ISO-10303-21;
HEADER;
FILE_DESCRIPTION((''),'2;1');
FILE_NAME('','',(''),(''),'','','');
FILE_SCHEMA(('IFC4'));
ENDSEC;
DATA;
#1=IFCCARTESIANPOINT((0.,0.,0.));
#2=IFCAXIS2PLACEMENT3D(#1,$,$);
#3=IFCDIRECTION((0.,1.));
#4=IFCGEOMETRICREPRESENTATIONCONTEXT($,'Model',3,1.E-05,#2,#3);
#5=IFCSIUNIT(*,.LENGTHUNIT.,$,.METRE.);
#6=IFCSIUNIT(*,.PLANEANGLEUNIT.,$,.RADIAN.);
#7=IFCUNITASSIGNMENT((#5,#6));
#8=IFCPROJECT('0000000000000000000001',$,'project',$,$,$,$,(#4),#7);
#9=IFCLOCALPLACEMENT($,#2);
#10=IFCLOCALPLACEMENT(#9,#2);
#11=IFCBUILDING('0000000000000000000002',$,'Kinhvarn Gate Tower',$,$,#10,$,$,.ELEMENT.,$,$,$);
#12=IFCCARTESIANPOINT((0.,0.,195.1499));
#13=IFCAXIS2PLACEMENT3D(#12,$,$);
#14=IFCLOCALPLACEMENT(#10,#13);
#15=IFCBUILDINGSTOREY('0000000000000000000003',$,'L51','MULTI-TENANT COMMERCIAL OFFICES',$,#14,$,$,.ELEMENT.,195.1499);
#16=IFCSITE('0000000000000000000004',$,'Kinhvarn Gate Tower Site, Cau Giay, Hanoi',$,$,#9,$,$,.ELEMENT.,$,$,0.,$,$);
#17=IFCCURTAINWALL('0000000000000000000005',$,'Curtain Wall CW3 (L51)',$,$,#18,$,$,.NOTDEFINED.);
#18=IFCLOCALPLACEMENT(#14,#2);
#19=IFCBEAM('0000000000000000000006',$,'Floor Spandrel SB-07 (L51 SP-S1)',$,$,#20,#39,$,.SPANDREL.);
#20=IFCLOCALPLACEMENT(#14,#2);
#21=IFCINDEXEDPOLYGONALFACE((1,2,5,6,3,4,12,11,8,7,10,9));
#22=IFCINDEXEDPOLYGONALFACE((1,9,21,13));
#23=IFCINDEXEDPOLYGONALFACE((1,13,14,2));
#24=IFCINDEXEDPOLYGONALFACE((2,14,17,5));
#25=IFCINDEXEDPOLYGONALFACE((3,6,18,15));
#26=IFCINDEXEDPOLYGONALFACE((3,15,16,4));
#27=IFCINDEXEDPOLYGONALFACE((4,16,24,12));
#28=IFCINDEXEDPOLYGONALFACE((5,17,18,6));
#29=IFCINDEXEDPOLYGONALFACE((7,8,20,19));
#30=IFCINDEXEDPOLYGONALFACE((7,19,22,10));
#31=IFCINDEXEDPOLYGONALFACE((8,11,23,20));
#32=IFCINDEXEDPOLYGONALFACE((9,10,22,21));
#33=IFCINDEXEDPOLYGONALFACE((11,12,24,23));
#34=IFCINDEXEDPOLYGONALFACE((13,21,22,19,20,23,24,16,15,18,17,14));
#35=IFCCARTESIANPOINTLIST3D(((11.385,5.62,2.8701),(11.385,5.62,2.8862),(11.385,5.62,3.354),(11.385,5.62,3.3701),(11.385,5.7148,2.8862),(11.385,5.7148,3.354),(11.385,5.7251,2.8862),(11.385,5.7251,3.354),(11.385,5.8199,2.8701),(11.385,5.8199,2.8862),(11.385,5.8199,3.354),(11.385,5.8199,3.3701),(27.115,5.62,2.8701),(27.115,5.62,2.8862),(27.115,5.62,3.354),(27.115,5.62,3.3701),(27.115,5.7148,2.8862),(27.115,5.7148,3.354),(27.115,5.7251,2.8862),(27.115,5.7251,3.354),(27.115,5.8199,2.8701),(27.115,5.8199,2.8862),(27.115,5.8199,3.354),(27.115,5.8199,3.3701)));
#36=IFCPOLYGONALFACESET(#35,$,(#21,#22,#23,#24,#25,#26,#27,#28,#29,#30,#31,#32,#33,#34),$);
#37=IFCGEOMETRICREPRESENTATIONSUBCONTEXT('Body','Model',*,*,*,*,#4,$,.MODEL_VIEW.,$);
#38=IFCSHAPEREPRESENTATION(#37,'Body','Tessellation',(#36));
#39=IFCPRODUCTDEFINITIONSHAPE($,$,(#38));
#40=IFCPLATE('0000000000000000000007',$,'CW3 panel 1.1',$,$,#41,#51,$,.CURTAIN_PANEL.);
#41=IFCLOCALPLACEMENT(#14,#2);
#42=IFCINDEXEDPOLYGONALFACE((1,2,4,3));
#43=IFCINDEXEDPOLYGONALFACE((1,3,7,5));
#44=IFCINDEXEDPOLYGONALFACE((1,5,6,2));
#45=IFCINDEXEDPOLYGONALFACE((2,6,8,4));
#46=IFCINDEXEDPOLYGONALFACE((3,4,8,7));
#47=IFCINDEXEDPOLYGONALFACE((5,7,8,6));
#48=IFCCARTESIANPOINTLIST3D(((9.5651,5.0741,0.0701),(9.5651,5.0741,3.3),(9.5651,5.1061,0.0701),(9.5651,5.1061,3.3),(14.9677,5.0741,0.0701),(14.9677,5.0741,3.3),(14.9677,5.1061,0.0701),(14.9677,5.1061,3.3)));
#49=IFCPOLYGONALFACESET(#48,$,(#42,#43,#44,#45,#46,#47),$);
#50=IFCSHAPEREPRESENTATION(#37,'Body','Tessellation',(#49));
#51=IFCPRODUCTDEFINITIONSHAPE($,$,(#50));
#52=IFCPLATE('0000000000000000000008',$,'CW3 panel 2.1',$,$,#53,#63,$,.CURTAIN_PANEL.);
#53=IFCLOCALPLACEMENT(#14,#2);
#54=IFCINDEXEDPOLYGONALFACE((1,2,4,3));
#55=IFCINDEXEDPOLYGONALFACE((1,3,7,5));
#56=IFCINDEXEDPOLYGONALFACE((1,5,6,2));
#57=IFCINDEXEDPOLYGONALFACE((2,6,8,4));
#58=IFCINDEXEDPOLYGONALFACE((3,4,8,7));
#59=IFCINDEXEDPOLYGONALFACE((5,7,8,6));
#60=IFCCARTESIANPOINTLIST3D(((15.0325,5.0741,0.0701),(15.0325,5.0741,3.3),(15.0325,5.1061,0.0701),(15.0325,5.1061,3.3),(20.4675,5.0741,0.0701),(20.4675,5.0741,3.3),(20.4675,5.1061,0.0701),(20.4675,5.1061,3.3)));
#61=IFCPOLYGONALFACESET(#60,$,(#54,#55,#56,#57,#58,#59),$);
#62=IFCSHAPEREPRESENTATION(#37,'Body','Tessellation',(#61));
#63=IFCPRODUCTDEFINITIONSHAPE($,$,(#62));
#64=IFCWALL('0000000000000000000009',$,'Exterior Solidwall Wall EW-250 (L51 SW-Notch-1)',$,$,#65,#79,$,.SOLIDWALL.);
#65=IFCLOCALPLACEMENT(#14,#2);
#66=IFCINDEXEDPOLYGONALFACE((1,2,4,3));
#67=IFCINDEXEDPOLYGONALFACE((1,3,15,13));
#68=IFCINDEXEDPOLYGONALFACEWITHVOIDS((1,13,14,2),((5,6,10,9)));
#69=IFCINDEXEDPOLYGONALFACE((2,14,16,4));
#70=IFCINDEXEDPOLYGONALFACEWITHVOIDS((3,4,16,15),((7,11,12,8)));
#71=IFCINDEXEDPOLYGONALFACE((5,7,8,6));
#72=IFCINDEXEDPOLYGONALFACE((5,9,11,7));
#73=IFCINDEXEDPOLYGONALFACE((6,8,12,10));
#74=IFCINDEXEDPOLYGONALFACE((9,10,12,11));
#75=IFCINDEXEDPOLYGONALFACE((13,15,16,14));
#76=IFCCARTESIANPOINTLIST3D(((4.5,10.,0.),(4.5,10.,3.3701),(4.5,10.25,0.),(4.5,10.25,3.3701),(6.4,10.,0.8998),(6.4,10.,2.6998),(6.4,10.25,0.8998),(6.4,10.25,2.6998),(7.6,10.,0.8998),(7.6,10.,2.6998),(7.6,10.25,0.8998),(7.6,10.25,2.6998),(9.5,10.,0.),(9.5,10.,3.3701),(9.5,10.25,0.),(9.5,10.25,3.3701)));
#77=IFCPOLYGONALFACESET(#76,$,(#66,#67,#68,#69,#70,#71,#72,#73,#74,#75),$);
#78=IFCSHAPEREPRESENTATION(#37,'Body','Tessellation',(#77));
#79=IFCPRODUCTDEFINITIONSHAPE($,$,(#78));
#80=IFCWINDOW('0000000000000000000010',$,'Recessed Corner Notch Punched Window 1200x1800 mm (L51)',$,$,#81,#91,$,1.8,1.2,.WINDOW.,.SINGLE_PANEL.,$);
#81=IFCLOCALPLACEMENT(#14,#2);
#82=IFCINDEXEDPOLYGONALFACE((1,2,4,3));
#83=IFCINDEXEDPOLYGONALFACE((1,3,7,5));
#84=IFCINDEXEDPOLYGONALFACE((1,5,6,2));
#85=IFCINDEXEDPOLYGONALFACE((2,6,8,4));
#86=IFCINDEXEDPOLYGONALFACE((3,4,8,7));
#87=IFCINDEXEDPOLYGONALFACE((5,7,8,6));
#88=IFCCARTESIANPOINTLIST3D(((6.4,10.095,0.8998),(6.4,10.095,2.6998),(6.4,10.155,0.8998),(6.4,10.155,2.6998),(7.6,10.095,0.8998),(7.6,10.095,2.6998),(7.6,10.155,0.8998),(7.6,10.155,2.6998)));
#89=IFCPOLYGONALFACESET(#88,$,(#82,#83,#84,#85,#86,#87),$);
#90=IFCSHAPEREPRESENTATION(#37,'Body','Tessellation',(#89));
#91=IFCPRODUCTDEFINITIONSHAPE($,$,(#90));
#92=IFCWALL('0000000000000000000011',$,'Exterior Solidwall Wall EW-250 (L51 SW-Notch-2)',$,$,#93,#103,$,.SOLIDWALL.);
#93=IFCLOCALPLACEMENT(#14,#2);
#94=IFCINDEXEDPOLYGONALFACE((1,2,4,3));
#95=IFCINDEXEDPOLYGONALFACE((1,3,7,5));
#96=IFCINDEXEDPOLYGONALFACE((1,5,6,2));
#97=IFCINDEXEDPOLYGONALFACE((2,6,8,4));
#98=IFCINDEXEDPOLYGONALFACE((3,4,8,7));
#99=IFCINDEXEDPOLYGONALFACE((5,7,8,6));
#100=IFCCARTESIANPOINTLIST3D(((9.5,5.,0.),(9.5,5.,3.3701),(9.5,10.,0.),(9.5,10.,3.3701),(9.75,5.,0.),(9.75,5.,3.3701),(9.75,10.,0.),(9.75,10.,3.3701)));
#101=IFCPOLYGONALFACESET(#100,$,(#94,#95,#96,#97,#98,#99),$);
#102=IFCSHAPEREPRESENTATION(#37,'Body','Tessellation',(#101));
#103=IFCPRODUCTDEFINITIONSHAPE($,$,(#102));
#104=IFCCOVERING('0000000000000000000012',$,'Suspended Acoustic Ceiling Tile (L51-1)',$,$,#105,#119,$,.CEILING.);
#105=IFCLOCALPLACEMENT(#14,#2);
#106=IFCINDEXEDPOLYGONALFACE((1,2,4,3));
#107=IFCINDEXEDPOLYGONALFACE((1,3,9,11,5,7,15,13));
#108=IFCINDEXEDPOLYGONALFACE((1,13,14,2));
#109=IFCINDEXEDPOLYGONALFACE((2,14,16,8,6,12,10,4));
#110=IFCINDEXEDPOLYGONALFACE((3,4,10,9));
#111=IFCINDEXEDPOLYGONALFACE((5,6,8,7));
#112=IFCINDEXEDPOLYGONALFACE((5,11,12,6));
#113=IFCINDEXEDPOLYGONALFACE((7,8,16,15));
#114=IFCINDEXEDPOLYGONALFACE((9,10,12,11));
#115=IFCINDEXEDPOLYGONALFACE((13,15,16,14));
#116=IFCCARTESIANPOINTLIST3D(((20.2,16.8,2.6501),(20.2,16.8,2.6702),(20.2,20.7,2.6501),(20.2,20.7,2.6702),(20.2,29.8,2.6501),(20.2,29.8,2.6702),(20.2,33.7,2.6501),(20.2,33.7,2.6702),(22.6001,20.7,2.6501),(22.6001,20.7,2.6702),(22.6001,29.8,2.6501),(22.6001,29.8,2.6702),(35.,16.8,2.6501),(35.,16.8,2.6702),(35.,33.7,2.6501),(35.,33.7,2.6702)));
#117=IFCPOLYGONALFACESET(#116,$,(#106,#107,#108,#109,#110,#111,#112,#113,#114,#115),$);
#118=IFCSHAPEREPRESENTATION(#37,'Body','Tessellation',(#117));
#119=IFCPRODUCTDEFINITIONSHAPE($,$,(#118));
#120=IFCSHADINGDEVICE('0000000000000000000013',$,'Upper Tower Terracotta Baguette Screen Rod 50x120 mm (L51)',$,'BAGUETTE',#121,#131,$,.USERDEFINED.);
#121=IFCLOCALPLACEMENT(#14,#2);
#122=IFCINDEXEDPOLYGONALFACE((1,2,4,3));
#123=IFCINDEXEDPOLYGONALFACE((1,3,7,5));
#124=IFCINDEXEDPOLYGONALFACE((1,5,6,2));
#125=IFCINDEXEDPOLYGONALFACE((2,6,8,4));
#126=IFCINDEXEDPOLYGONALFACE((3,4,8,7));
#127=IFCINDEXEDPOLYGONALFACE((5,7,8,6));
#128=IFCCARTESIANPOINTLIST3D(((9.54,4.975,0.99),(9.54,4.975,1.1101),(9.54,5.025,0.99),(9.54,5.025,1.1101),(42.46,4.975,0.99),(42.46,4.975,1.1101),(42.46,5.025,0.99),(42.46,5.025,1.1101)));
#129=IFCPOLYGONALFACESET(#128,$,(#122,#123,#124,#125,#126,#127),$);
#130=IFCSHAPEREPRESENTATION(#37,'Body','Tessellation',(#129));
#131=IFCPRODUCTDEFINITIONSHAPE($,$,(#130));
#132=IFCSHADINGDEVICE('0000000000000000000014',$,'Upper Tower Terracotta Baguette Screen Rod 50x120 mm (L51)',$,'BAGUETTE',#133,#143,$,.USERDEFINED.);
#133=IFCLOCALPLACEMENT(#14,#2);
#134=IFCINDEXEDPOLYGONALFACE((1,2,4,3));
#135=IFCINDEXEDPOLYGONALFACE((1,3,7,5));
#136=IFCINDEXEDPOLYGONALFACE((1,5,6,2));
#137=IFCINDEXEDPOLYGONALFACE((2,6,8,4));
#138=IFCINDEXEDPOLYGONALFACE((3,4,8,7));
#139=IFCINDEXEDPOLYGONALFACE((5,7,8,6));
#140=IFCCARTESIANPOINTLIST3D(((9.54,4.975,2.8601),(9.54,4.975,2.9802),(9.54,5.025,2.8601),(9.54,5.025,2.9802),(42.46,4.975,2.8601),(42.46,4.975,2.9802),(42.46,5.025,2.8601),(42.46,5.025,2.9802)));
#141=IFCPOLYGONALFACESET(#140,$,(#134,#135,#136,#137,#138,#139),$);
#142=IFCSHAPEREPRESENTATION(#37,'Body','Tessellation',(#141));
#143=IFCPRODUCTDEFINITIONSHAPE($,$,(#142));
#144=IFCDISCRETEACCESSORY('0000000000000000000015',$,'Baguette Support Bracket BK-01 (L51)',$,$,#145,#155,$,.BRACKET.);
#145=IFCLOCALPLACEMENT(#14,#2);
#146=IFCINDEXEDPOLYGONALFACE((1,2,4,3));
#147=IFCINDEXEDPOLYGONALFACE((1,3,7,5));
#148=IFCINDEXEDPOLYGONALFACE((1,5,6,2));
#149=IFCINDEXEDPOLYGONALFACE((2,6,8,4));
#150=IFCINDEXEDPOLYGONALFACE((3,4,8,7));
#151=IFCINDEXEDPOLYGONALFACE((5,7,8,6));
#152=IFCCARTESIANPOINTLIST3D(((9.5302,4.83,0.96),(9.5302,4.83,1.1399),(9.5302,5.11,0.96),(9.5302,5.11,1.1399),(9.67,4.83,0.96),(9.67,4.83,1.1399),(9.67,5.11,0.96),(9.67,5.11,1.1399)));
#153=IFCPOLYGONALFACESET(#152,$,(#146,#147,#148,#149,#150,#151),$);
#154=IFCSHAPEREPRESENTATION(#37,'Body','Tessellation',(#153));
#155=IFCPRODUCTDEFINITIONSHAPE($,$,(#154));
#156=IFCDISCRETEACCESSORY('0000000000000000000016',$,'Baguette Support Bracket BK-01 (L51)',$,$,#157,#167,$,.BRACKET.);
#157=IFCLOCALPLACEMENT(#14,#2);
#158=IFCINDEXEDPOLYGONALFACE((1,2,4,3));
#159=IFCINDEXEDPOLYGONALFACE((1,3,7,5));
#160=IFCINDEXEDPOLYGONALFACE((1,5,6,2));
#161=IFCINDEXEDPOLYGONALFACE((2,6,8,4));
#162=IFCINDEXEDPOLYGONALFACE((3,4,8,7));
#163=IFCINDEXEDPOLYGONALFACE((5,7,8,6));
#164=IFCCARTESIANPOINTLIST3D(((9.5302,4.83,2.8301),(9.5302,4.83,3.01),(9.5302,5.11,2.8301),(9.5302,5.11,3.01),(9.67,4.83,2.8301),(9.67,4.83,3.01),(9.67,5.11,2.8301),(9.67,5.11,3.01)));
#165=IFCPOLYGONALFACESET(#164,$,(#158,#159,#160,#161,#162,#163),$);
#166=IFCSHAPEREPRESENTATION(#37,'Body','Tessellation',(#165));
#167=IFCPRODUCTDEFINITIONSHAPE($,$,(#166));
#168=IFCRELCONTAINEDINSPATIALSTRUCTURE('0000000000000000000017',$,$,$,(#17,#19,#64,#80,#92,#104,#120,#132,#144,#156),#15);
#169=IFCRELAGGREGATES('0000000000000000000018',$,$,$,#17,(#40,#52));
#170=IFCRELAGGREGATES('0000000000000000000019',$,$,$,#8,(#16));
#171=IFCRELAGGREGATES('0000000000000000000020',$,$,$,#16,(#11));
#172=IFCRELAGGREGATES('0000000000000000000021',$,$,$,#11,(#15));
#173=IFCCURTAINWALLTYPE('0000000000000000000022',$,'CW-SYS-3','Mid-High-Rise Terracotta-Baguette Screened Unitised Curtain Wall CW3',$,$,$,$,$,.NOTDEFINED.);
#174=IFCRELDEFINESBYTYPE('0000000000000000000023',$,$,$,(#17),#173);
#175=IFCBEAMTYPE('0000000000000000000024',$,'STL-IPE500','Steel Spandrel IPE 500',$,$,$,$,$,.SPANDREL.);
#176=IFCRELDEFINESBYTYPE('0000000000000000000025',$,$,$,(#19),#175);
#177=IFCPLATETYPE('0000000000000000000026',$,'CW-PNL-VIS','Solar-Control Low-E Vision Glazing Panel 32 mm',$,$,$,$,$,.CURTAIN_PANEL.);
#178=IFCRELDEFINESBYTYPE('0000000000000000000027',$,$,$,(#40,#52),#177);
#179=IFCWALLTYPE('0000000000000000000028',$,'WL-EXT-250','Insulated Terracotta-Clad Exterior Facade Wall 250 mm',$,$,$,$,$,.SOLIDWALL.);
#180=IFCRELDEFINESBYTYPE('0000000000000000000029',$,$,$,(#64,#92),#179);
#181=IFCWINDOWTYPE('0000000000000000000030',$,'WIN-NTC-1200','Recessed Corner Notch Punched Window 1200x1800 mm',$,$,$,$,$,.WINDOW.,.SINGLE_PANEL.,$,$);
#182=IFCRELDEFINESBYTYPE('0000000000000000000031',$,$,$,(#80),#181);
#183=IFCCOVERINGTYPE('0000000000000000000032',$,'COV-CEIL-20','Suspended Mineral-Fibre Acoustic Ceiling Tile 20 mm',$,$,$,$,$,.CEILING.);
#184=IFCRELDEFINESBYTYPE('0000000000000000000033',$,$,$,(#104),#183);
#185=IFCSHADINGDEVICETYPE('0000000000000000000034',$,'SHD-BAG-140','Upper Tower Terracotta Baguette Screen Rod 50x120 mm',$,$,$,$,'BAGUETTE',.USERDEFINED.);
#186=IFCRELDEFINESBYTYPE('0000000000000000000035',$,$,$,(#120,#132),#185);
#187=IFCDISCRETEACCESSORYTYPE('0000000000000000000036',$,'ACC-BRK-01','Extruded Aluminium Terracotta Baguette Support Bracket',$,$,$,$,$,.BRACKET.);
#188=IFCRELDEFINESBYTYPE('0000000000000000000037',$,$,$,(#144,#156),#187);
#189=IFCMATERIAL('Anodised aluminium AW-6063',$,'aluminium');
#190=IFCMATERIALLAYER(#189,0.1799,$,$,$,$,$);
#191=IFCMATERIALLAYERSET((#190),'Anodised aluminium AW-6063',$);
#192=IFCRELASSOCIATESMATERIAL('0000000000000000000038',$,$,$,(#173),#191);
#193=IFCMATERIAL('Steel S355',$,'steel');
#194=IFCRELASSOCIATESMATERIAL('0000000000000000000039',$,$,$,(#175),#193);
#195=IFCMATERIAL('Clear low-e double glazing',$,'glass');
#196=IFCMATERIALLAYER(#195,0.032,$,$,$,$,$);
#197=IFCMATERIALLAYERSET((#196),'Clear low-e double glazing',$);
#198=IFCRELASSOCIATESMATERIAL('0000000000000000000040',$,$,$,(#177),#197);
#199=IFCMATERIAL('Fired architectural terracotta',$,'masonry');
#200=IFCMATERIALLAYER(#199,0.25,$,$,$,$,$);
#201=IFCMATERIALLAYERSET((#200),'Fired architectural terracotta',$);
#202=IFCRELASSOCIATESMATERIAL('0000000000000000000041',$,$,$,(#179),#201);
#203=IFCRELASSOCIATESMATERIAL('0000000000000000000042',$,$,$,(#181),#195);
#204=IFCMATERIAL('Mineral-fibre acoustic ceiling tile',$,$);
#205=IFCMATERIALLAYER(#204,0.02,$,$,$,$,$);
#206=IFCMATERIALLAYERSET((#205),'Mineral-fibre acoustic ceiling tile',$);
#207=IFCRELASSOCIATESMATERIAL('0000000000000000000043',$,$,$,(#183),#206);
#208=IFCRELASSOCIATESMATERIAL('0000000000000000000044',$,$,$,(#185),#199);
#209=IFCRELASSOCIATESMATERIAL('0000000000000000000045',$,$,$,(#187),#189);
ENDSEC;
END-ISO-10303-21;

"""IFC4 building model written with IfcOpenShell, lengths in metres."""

from ifc_helpers import new_model, si_unit, direction, frame, frame_2d, origin, origin_2d, place, context, subcontext, project, spatial, polyline, rectangle, i_section, outline, extrude, material, layer, layer_set, material_profile, profile_set, type_object, element, fill, aggregate, save


model = new_model("IFC4")

# Units and contexts
model_context = context("Model", 3, precision=1e-05, world=origin(), true_north=direction((0.0, 1.0)))
body_context = subcontext(model_context, "Body", "Model", "MODEL_VIEW")
ifc_project = project(units=[si_unit("LENGTHUNIT", "METRE"), si_unit("PLANEANGLEUNIT", "RADIAN")], contexts=[model_context])

# Site, building, storey
site_placement = place(None, origin())
site = spatial("IfcSite", under=ifc_project, at=site_placement, Name="Kinhvarn Gate Tower Site, Cau Giay, Hanoi", CompositionType="ELEMENT", RefElevation=0.0)
building_placement = place(site_placement, origin())
building = spatial("IfcBuilding", under=site, at=building_placement, Name="Kinhvarn Gate Tower", CompositionType="ELEMENT")
storey_placement = place(building_placement, frame((0.0, 0.0, 195.1499)))
storey = spatial("IfcBuildingStorey", under=building, at=storey_placement, Name="L51", Description="MULTI-TENANT COMMERCIAL OFFICES", CompositionType="ELEMENT", Elevation=195.1499)

# Curtain wall
ifc_material_1 = material(Name="Anodised aluminium AW-6063", Category="aluminium")
ifc_layer_1 = layer(ifc_material_1, 0.1799)
ifc_layer_set_1 = layer_set([ifc_layer_1], Name="Anodised aluminium AW-6063")
curtain_wall_type = type_object("IfcCurtainWallType", Name="CW-SYS-3", Description="Mid-High-Rise Terracotta-Baguette Screened Unitised Curtain Wall CW3", PredefinedType="NOTDEFINED", material=ifc_layer_set_1)
curtain_wall_placement = place(storey_placement, origin())
curtain_wall = element("IfcCurtainWall", 1, at=curtain_wall_placement, inside=storey, type_object=curtain_wall_type, Name="Curtain Wall CW3 (L51)", PredefinedType="NOTDEFINED")

# Beam
ifc_material_2 = material(Name="Steel S355", Category="steel")
ifc_material_profile_1 = material_profile(ifc_material_2, i_section(OverallWidth=0.2, OverallDepth=0.5, WebThickness=0.0103, FlangeThickness=0.0161, at=origin_2d()), Name="IPE 500")
ifc_profile_set_1 = profile_set([ifc_material_profile_1], Name="Steel S355")
beam_type_1 = type_object("IfcBeamType", Name="STL-IPE500", Description="Steel Spandrel IPE 500", PredefinedType="SPANDREL", material=ifc_profile_set_1)
beam_1_placement = place(storey_placement, frame((11.385, 5.72, 3.1201), z_axis=(1.0, 0.0, 0.0), x_axis=(0.0, 1.0, 0.0)))
element("IfcBeam", 2, at=beam_1_placement, inside=storey, type_object=beam_type_1, Name="Floor Spandrel SB-07 (L51 SP-S1)", PredefinedType="SPANDREL", context=body_context, shape_type="SweptSolid", body=[
    extrude(i_section(OverallWidth=0.2, OverallDepth=0.5, WebThickness=0.0103, FlangeThickness=0.0161, at=origin_2d()), origin(), (0.0, 0.0, 1.0), 15.73),
])

# Plates
ifc_material_3 = material(Name="Clear low-e double glazing", Category="glass")
ifc_layer_2 = layer(ifc_material_3, 0.032)
ifc_layer_set_2 = layer_set([ifc_layer_2], Name="Clear low-e double glazing")
plate_type = type_object("IfcPlateType", Name="CW-PNL-VIS", Description="Solar-Control Low-E Vision Glazing Panel 32 mm", PredefinedType="CURTAIN_PANEL", material=ifc_layer_set_2)
plate_1_placement = place(storey_placement, frame((12.2664, 5.0901, 0.0701), z_axis=(0.0, 0.0, 1.0), x_axis=(1.0, 0.0, 0.0)))
plate_1 = element("IfcPlate", 3, at=plate_1_placement, type_object=plate_type, Name="CW3 panel 1.1", PredefinedType="CURTAIN_PANEL", context=body_context, shape_type="SweptSolid", body=[
    extrude(rectangle(XDim=5.4026, YDim=0.032, at=origin_2d()), origin(), (0.0, 0.0, 1.0), 3.23),
])
plate_2_placement = place(storey_placement, frame((17.75, 5.0901, 0.0701), z_axis=(0.0, 0.0, 1.0), x_axis=(1.0, 0.0, 0.0)))
plate_2 = element("IfcPlate", 4, at=plate_2_placement, type_object=plate_type, Name="CW3 panel 2.1", PredefinedType="CURTAIN_PANEL", context=body_context, shape_type="SweptSolid", body=[
    extrude(rectangle(XDim=5.4351, YDim=0.032, at=origin_2d()), origin(), (0.0, 0.0, 1.0), 3.23),
])
aggregate(curtain_wall, [plate_1, plate_2])

# Wall, opening, window
ifc_material_4 = material(Name="Fired architectural terracotta", Category="masonry")
ifc_layer_3 = layer(ifc_material_4, 0.25)
ifc_layer_set_3 = layer_set([ifc_layer_3], Name="Fired architectural terracotta")
wall_type = type_object("IfcWallType", Name="WL-EXT-250", Description="Insulated Terracotta-Clad Exterior Facade Wall 250 mm", PredefinedType="SOLIDWALL", material=ifc_layer_set_3)
wall_1_placement = place(storey_placement, frame((4.5, 10.125, 0.0), z_axis=(0.0, 0.0, 1.0), x_axis=(1.0, 0.0, 0.0)))
wall_1 = element("IfcWall", 5, at=wall_1_placement, inside=storey, type_object=wall_type, Name="Exterior Solidwall Wall EW-250 (L51 SW-Notch-1)", PredefinedType="SOLIDWALL", context=body_context, shape_type="SweptSolid", body=[
    extrude(rectangle(XDim=5.0, YDim=0.25, at=frame_2d((2.5, 0.0))), origin(), (0.0, 0.0, 1.0), 3.3701),
])
opening_placement = place(wall_1_placement, frame((1.8999, 0.0, 0.8999)))
opening = element("IfcOpeningElement", 6, at=opening_placement, cuts=wall_1, PredefinedType="OPENING", context=body_context, shape_type="SweptSolid", body=[
    extrude(rectangle(XDim=1.2, YDim=1.8, at=frame_2d((0.6001, 0.8999))), frame((0.0, 0.135, 0.0), z_axis=(0.0, -1.0, 0.0), x_axis=(1.0, 0.0, 0.0)), (0.0, 0.0, 1.0), 0.27),
])
window_type = type_object("IfcWindowType", Name="WIN-NTC-1200", Description="Recessed Corner Notch Punched Window 1200x1800 mm", PartitioningType="SINGLE_PANEL", PredefinedType="WINDOW", material=ifc_material_3)
window_placement = place(opening_placement, origin())
window = element("IfcWindow", 7, at=window_placement, inside=storey, type_object=window_type, Name="Recessed Corner Notch Punched Window 1200x1800 mm (L51)", OverallHeight=1.8, OverallWidth=1.2, PartitioningType="SINGLE_PANEL", PredefinedType="WINDOW", context=body_context, shape_type="SweptSolid", body=[
    extrude(rectangle(XDim=1.2, YDim=1.8, at=frame_2d((0.6001, 0.8999))), frame((0.0, 0.03, 0.0), z_axis=(0.0, -1.0, 0.0), x_axis=(1.0, 0.0, 0.0)), (0.0, 0.0, 1.0), 0.0601),
])
fill(opening, window)

# Wall
wall_2_placement = place(storey_placement, frame((9.625, 10.0, 0.0), z_axis=(0.0, 0.0, 1.0), x_axis=(0.0, -1.0, 0.0)))
element("IfcWall", 8, at=wall_2_placement, inside=storey, type_object=wall_type, Name="Exterior Solidwall Wall EW-250 (L51 SW-Notch-2)", PredefinedType="SOLIDWALL", context=body_context, shape_type="SweptSolid", body=[
    extrude(rectangle(XDim=5.0, YDim=0.25, at=frame_2d((2.5, 0.0))), origin(), (0.0, 0.0, 1.0), 3.3701),
])

# Covering
ifc_material_5 = material(Name="Mineral-fibre acoustic ceiling tile")
ifc_layer_4 = layer(ifc_material_5, 0.02)
ifc_layer_set_4 = layer_set([ifc_layer_4], Name="Mineral-fibre acoustic ceiling tile")
covering_type = type_object("IfcCoveringType", Name="COV-CEIL-20", Description="Suspended Mineral-Fibre Acoustic Ceiling Tile 20 mm", PredefinedType="CEILING", material=ifc_layer_set_4)
covering_placement = place(storey_placement, frame((0.0, 0.0, 2.6501)))
element("IfcCovering", 9, at=covering_placement, inside=storey, type_object=covering_type, Name="Suspended Acoustic Ceiling Tile (L51-1)", PredefinedType="CEILING", context=body_context, shape_type="SweptSolid", body=[
    extrude(outline(polyline([(35.0, 33.7), (35.0, 16.8), (20.2, 16.8), (20.2, 20.7), (22.6001, 20.7), (22.6001, 29.8), (20.2, 29.8), (20.2, 33.7), (35.0, 33.7)])), origin(), (0.0, 0.0, 1.0), 0.02),
])

# Shading devices
ifc_material_profile_2 = material_profile(ifc_material_4, rectangle(XDim=0.05, YDim=0.1201, at=origin_2d()), Name="TC 50x120")
ifc_profile_set_2 = profile_set([ifc_material_profile_2], Name="Fired architectural terracotta")
shading_device_type = type_object("IfcShadingDeviceType", Name="SHD-BAG-140", Description="Upper Tower Terracotta Baguette Screen Rod 50x120 mm", ElementType="BAGUETTE", PredefinedType="USERDEFINED", material=ifc_profile_set_2)
for number, where, z_axis, x_axis, name in (
    (10, (9.54, 5.0, 1.05), (1.0, 0.0, 0.0), (0.0, 1.0, 0.0), "Upper Tower Terracotta Baguette Screen Rod 50x120 mm (L51)"),
    (11, (9.54, 5.0, 2.9202), (1.0, 0.0, 0.0), (0.0, 1.0, 0.0), "Upper Tower Terracotta Baguette Screen Rod 50x120 mm (L51)"),
):
    element("IfcShadingDevice", number, at=place(storey_placement, frame(where, z_axis=z_axis, x_axis=x_axis)), inside=storey, type_object=shading_device_type, Name=name, ObjectType="BAGUETTE", PredefinedType="USERDEFINED", context=body_context, shape_type="SweptSolid", body=[
        extrude(rectangle(XDim=0.05, YDim=0.1201, at=origin_2d()), origin(), (0.0, 0.0, 1.0), 32.9199),
    ])

# Discrete accessories
discrete_accessory_type = type_object("IfcDiscreteAccessoryType", Name="ACC-BRK-01", Description="Extruded Aluminium Terracotta Baguette Support Bracket", PredefinedType="BRACKET", material=ifc_material_1)
for number, where, z_axis, x_axis, name in (
    (12, (9.6001, 4.97, 0.96), (0.0, 0.0, 1.0), (1.0, 0.0, 0.0), "Baguette Support Bracket BK-01 (L51)"),
    (13, (9.6001, 4.97, 2.8301), (0.0, 0.0, 1.0), (1.0, 0.0, 0.0), "Baguette Support Bracket BK-01 (L51)"),
):
    element("IfcDiscreteAccessory", number, at=place(storey_placement, frame(where, z_axis=z_axis, x_axis=x_axis)), inside=storey, type_object=discrete_accessory_type, Name=name, PredefinedType="BRACKET", context=body_context, shape_type="SweptSolid", body=[
        extrude(rectangle(XDim=0.1399, YDim=0.28, at=origin_2d()), origin(), (0.0, 0.0, 1.0), 0.1799),
    ])

save(model, "model.ifc")
